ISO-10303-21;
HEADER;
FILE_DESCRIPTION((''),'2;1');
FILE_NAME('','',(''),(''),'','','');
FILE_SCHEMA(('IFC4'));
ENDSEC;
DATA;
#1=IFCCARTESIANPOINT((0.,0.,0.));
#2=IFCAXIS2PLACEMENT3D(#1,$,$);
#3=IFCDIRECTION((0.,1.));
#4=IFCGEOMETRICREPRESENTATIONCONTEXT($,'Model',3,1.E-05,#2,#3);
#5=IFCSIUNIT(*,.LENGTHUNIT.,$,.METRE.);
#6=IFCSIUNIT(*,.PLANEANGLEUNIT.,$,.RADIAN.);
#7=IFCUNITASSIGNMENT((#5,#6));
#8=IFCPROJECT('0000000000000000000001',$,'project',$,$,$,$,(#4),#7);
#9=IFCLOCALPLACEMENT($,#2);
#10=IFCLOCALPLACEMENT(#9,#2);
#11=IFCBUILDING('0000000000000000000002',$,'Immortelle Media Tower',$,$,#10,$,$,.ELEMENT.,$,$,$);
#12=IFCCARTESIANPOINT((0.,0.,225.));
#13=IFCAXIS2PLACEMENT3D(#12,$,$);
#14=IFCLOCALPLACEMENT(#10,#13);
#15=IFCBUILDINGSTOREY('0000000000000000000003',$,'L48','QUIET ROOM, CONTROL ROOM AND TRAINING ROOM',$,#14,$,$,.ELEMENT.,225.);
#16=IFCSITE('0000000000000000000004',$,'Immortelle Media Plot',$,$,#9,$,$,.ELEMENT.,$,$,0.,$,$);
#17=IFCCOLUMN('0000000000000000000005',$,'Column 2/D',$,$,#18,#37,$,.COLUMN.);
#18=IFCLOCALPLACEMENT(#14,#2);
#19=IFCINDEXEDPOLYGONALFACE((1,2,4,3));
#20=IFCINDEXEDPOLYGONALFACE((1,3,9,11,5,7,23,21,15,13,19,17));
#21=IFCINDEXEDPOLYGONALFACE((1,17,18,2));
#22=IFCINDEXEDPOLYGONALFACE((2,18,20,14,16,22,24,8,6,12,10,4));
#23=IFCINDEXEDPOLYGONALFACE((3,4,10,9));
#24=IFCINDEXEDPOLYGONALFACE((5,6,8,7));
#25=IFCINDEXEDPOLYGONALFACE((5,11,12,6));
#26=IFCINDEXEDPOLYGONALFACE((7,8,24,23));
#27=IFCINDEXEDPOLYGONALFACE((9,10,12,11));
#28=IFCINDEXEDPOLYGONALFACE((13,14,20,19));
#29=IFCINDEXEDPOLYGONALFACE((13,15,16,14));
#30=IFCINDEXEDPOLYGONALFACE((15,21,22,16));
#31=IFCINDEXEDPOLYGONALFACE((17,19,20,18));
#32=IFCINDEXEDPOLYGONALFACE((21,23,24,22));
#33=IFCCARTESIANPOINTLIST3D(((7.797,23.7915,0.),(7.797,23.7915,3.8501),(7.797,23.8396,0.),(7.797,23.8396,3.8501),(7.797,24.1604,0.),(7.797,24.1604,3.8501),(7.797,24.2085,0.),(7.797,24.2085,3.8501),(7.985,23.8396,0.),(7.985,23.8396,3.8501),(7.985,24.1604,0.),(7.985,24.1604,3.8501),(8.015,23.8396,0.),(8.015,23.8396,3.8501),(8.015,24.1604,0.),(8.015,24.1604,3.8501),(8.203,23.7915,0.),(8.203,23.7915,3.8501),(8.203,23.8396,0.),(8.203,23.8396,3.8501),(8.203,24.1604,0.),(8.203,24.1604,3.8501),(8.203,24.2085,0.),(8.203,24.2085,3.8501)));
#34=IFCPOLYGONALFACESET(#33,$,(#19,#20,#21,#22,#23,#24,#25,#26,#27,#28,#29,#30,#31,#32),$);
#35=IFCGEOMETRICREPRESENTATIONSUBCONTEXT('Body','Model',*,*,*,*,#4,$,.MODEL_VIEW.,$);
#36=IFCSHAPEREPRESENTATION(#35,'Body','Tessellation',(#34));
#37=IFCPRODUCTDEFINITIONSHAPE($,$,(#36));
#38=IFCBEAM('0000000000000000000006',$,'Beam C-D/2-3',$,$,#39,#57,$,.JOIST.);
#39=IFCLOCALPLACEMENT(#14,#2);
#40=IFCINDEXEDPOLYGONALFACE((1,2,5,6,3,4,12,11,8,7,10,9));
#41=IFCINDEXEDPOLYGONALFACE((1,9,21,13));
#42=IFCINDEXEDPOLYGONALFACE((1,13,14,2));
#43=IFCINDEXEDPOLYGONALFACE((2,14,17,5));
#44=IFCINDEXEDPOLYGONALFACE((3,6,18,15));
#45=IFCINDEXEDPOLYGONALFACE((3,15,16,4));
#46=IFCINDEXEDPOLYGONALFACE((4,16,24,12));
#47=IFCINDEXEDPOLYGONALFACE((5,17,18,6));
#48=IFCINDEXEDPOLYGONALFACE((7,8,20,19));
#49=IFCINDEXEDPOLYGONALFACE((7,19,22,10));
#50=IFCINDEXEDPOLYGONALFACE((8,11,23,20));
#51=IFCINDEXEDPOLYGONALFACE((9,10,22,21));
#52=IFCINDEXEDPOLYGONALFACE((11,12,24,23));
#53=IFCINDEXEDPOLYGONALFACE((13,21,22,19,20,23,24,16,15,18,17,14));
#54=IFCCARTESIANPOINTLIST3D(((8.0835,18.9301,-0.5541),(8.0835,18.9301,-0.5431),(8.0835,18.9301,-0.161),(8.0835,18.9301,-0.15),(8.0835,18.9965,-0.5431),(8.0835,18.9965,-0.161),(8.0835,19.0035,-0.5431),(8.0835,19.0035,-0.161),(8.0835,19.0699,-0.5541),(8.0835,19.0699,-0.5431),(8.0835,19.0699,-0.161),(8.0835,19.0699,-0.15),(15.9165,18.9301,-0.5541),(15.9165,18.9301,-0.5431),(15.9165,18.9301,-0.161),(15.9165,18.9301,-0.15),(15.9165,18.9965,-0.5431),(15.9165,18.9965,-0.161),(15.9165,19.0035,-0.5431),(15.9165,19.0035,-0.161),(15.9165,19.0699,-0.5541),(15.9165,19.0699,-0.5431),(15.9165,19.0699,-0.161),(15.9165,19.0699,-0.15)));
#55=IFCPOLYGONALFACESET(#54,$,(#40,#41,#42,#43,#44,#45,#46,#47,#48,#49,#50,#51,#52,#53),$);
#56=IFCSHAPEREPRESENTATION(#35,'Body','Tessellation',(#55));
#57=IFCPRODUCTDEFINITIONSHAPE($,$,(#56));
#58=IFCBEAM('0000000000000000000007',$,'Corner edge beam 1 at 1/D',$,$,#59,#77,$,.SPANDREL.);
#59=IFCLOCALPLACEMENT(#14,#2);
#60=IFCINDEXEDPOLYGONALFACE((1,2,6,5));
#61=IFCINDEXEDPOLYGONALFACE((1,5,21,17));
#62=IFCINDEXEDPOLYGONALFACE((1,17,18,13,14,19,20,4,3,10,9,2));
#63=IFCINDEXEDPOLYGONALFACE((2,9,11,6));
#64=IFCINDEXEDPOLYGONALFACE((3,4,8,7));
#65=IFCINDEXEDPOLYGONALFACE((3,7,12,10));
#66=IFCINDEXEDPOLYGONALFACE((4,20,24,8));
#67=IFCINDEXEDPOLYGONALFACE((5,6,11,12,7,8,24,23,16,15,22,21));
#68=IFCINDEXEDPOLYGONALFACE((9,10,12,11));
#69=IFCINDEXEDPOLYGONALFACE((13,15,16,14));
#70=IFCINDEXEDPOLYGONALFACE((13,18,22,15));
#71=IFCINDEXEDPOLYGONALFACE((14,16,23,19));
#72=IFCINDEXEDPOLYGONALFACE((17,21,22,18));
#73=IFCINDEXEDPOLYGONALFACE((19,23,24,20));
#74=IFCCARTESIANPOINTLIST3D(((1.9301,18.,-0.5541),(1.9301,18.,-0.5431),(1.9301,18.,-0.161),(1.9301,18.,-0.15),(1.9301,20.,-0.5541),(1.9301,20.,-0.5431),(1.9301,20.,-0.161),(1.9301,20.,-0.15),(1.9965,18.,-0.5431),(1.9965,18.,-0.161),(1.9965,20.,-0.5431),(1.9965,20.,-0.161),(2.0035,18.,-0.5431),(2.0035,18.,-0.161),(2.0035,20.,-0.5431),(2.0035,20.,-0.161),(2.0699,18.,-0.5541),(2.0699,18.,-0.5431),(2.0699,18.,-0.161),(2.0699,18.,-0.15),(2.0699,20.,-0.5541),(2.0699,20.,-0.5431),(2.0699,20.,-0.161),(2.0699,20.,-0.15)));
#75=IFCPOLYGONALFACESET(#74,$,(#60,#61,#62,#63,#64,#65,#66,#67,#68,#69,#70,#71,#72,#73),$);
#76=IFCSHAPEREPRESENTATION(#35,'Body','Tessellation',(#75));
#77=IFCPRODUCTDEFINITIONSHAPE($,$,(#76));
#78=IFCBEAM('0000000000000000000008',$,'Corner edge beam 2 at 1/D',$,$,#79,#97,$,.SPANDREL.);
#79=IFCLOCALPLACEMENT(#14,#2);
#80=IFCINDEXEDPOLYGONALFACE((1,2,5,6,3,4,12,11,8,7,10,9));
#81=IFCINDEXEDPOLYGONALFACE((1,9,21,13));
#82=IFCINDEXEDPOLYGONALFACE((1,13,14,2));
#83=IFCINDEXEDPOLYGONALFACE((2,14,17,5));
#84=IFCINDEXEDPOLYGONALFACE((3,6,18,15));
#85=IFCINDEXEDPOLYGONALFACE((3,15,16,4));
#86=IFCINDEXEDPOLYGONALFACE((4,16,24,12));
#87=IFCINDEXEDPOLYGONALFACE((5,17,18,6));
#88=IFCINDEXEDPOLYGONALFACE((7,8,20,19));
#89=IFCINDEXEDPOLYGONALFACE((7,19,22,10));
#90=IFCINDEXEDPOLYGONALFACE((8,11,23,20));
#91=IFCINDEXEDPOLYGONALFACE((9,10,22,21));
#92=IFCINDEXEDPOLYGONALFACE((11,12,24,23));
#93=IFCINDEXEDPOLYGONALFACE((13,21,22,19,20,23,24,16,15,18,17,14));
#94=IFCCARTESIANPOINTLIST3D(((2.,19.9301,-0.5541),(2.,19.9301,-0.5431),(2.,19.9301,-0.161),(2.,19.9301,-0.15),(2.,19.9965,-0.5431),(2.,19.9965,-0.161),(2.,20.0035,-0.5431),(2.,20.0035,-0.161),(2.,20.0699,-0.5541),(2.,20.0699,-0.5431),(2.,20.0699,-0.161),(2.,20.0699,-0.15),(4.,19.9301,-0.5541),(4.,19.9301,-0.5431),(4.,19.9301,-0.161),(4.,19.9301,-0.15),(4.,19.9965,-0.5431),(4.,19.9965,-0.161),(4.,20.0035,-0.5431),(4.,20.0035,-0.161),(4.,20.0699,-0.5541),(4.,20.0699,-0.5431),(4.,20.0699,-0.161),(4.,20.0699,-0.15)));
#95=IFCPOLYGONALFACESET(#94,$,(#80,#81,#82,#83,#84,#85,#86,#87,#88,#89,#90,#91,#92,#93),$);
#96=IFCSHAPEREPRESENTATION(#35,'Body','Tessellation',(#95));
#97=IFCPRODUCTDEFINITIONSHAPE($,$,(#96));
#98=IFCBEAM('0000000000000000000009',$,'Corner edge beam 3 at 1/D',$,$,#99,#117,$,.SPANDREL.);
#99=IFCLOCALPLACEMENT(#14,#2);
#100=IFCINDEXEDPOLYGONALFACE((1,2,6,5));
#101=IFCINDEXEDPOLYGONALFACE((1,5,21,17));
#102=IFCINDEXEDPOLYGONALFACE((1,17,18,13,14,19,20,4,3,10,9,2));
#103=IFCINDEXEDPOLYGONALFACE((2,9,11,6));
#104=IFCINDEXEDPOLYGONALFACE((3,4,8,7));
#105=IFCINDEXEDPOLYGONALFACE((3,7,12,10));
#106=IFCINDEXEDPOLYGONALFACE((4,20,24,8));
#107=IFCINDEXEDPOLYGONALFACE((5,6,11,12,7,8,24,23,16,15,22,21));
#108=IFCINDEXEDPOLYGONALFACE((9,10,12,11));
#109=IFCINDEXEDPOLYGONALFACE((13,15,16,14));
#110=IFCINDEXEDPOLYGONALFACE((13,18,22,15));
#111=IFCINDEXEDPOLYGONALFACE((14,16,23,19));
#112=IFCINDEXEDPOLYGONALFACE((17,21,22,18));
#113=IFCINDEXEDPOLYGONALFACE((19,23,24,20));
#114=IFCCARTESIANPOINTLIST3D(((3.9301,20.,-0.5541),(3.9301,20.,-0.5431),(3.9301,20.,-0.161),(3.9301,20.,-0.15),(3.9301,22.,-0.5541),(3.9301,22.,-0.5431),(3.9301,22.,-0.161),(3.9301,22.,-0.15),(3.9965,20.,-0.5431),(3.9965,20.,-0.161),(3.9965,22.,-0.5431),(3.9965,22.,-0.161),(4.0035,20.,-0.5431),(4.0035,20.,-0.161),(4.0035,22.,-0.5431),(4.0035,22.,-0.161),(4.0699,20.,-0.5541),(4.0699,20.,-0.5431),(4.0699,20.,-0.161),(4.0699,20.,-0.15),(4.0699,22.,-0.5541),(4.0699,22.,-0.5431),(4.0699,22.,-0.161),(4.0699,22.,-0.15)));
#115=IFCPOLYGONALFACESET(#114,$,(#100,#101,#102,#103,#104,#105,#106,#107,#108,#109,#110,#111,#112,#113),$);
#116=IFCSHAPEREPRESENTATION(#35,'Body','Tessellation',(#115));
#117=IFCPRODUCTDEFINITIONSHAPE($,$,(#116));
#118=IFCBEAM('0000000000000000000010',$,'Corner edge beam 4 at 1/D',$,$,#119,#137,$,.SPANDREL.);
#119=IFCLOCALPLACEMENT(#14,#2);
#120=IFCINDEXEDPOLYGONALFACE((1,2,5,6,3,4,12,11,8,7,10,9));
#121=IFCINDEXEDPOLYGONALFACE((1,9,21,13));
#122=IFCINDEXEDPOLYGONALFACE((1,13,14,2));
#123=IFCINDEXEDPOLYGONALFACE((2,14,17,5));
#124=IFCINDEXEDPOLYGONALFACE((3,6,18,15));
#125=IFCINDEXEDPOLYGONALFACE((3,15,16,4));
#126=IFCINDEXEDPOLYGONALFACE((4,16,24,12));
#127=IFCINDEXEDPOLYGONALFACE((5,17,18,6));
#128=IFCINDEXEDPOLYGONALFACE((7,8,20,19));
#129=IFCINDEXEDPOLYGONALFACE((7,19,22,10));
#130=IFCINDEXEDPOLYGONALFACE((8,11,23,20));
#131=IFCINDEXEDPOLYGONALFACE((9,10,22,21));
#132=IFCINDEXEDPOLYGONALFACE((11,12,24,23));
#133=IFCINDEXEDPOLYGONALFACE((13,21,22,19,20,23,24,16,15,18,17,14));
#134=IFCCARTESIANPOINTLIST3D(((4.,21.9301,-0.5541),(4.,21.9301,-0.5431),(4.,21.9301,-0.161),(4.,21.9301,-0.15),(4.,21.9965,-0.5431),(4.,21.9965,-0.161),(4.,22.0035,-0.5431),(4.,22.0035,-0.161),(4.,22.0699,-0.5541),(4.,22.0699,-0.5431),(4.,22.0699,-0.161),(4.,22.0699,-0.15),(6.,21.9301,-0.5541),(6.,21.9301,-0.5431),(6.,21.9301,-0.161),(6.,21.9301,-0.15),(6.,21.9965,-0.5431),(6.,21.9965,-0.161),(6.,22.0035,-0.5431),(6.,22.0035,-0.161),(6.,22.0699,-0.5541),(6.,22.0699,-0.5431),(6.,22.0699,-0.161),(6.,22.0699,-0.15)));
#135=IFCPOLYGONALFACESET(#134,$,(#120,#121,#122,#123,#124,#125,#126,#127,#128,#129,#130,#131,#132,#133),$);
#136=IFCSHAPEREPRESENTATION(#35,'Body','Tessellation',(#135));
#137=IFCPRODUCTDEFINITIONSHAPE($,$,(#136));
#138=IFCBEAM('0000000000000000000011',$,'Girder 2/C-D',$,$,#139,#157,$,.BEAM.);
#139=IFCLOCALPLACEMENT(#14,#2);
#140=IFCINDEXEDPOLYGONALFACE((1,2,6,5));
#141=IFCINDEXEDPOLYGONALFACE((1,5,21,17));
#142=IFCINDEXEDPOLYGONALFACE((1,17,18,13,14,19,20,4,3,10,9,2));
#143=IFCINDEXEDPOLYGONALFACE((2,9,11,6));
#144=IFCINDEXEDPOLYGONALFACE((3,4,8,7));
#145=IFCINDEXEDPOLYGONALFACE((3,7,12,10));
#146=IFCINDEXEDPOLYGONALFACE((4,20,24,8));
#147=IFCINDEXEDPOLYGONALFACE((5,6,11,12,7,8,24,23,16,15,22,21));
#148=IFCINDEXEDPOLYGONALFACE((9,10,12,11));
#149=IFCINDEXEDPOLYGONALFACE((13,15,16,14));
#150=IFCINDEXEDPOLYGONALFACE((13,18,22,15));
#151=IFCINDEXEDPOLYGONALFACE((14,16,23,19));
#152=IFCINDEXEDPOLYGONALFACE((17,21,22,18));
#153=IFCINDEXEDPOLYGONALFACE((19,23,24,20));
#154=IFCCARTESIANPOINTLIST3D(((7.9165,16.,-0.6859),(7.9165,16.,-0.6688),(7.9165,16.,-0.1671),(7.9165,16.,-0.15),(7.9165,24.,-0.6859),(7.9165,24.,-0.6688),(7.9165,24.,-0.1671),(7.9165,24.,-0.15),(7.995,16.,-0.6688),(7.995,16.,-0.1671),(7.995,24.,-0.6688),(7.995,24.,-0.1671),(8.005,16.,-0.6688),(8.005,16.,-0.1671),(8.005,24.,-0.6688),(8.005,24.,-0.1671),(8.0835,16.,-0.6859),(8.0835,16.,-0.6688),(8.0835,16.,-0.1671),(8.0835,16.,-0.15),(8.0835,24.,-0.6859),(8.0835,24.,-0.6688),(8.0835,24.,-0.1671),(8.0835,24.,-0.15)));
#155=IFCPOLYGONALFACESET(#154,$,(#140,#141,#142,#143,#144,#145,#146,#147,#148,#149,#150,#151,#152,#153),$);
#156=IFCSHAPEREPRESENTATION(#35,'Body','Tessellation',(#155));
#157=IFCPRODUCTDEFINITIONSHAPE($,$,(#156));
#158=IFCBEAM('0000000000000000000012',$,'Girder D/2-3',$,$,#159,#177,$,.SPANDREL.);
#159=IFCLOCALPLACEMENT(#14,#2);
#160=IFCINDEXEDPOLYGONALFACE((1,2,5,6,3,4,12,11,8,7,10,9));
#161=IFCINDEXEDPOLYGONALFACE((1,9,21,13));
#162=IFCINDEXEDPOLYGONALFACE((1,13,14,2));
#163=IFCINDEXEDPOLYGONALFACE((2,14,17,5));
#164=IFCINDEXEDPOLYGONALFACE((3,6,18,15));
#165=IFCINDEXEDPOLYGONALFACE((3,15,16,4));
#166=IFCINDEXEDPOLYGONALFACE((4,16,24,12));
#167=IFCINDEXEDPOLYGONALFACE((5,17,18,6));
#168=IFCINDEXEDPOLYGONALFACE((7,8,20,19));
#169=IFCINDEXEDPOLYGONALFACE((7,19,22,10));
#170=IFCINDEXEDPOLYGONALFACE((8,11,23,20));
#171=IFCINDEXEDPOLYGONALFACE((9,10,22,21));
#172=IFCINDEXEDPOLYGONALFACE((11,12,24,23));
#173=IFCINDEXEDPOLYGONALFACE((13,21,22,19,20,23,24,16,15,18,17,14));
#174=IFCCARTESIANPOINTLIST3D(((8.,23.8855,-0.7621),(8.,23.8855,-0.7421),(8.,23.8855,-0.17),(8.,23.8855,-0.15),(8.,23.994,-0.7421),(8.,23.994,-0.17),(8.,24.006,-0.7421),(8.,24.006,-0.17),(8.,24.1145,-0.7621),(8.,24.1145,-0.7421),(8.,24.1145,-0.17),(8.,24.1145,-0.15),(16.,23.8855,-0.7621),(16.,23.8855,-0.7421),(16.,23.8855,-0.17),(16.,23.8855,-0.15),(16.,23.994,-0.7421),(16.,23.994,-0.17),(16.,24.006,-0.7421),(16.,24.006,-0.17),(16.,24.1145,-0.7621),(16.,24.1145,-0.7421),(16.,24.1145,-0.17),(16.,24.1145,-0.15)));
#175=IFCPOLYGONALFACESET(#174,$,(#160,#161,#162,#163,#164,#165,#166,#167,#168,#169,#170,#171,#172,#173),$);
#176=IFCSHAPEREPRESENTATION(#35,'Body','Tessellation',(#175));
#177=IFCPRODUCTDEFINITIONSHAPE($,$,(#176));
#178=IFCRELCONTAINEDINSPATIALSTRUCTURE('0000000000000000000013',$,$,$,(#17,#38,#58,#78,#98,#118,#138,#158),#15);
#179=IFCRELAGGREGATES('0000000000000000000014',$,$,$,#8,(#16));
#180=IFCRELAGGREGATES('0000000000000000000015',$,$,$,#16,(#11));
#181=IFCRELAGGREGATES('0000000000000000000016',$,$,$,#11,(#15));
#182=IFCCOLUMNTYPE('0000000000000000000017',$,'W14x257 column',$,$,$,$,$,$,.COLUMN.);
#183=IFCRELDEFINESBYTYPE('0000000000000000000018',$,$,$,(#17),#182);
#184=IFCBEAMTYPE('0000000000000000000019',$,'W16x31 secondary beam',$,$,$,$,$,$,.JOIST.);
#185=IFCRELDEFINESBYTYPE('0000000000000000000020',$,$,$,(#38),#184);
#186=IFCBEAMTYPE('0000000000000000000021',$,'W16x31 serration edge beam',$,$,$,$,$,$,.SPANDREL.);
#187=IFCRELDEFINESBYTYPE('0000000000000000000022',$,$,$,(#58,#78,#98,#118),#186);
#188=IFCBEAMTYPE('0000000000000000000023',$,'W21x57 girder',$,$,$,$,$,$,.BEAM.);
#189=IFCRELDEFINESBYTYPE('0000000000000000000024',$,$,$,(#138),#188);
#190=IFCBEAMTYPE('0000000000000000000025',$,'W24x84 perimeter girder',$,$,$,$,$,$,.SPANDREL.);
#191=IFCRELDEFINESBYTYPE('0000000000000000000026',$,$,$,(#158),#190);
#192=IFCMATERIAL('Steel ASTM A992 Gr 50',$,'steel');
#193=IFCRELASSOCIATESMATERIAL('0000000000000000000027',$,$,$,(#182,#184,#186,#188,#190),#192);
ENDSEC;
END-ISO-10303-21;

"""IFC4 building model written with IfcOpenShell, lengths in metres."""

from ifc_helpers import new_model, si_unit, direction, frame, origin, origin_2d, place, context, subcontext, project, spatial, i_section, extrude, material, material_profile, profile_set, type_object, element, save


model = new_model("IFC4")

# Units and contexts
model_context = context("Model", 3, precision=1e-05, world=origin(), true_north=direction((0.0, 1.0)))
body_context = subcontext(model_context, "Body", "Model", "MODEL_VIEW")
ifc_project = project(units=[si_unit("LENGTHUNIT", "METRE"), si_unit("PLANEANGLEUNIT", "RADIAN")], contexts=[model_context])

# Site, building, storey
site_placement = place(None, origin())
site = spatial("IfcSite", under=ifc_project, at=site_placement, Name="Immortelle Media Plot", CompositionType="ELEMENT", RefElevation=0.0)
building_placement = place(site_placement, origin())
building = spatial("IfcBuilding", under=site, at=building_placement, Name="Immortelle Media Tower", CompositionType="ELEMENT")
storey_placement = place(building_placement, frame((0.0, 0.0, 225.0)))
storey = spatial("IfcBuildingStorey", under=building, at=storey_placement, Name="L48", Description="QUIET ROOM, CONTROL ROOM AND TRAINING ROOM", CompositionType="ELEMENT", Elevation=225.0)

# Column
ifc_material_1 = material(Name="Steel ASTM A992 Gr 50", Category="steel")
ifc_material_profile_1 = material_profile(ifc_material_1, i_section(OverallWidth=0.406, OverallDepth=0.417, WebThickness=0.03, FlangeThickness=0.0481, at=origin_2d()), Name="W14x257")
ifc_profile_set_1 = profile_set([ifc_material_profile_1], Name="Steel ASTM A992 Gr 50")
column_type = type_object("IfcColumnType", Name="W14x257 column", PredefinedType="COLUMN", material=ifc_profile_set_1)
column_placement = place(storey_placement, frame((8.0, 24.0, 0.0), z_axis=(0.0, 0.0, 1.0), x_axis=(1.0, 0.0, 0.0)))
element("IfcColumn", 1, at=column_placement, inside=storey, type_object=column_type, Name="Column 2/D", PredefinedType="COLUMN", context=body_context, shape_type="SweptSolid", body=[
    extrude(i_section(OverallWidth=0.406, OverallDepth=0.417, WebThickness=0.03, FlangeThickness=0.0481, at=origin_2d()), origin(), (0.0, 0.0, 1.0), 3.8501),
])

# Beams
ifc_material_profile_2 = material_profile(ifc_material_1, i_section(OverallWidth=0.1399, OverallDepth=0.4041, WebThickness=0.0071, FlangeThickness=0.011, at=origin_2d()), Name="W16x31")
ifc_profile_set_2 = profile_set([ifc_material_profile_2], Name="Steel ASTM A992 Gr 50")
beam_type_1 = type_object("IfcBeamType", Name="W16x31 secondary beam", PredefinedType="JOIST", material=ifc_profile_set_2)
beam_1_placement = place(storey_placement, frame((8.0835, 19.0, -0.3521), z_axis=(1.0, 0.0, 0.0), x_axis=(0.0, 1.0, 0.0)))
element("IfcBeam", 2, at=beam_1_placement, inside=storey, type_object=beam_type_1, Name="Beam C-D/2-3", PredefinedType="JOIST", context=body_context, shape_type="SweptSolid", body=[
    extrude(i_section(OverallWidth=0.1399, OverallDepth=0.4041, WebThickness=0.0071, FlangeThickness=0.011, at=origin_2d()), origin(), (0.0, 0.0, 1.0), 7.833),
])
ifc_material_profile_3 = material_profile(ifc_material_1, i_section(OverallWidth=0.1399, OverallDepth=0.4041, WebThickness=0.0071, FlangeThickness=0.011, at=origin_2d()), Name="W16x31")
ifc_profile_set_3 = profile_set([ifc_material_profile_3], Name="Steel ASTM A992 Gr 50")
beam_type_2 = type_object("IfcBeamType", Name="W16x31 serration edge beam", PredefinedType="SPANDREL", material=ifc_profile_set_3)
for number, where, z_axis, x_axis, name in (
    (3, (2.0, 18.0, -0.3521), (0.0, 1.0, 0.0), (-1.0, 0.0, 0.0), "Corner edge beam 1 at 1/D"),
    (4, (2.0, 20.0, -0.3521), (1.0, 0.0, 0.0), (0.0, 1.0, 0.0), "Corner edge beam 2 at 1/D"),
    (5, (4.0, 20.0, -0.3521), (0.0, 1.0, 0.0), (-1.0, 0.0, 0.0), "Corner edge beam 3 at 1/D"),
    (6, (4.0, 22.0, -0.3521), (1.0, 0.0, 0.0), (0.0, 1.0, 0.0), "Corner edge beam 4 at 1/D"),
):
    element("IfcBeam", number, at=place(storey_placement, frame(where, z_axis=z_axis, x_axis=x_axis)), inside=storey, type_object=beam_type_2, Name=name, PredefinedType="SPANDREL", context=body_context, shape_type="SweptSolid", body=[
        extrude(i_section(OverallWidth=0.1399, OverallDepth=0.4041, WebThickness=0.0071, FlangeThickness=0.011, at=origin_2d()), origin(), (0.0, 0.0, 1.0), 2.0),
    ])
ifc_material_profile_4 = material_profile(ifc_material_1, i_section(OverallWidth=0.167, OverallDepth=0.5359, WebThickness=0.01, FlangeThickness=0.0171, at=origin_2d()), Name="W21x57")
ifc_profile_set_4 = profile_set([ifc_material_profile_4], Name="Steel ASTM A992 Gr 50")
beam_type_3 = type_object("IfcBeamType", Name="W21x57 girder", PredefinedType="BEAM", material=ifc_profile_set_4)
beam_2_placement = place(storey_placement, frame((8.0, 16.0, -0.418), z_axis=(0.0, 1.0, 0.0), x_axis=(-1.0, 0.0, 0.0)))
element("IfcBeam", 7, at=beam_2_placement, inside=storey, type_object=beam_type_3, Name="Girder 2/C-D", PredefinedType="BEAM", context=body_context, shape_type="SweptSolid", body=[
    extrude(i_section(OverallWidth=0.167, OverallDepth=0.5359, WebThickness=0.01, FlangeThickness=0.0171, at=origin_2d()), origin(), (0.0, 0.0, 1.0), 8.0),
])
ifc_material_profile_5 = material_profile(ifc_material_1, i_section(OverallWidth=0.229, OverallDepth=0.6121, WebThickness=0.012, FlangeThickness=0.02, at=origin_2d()), Name="W24x84")
ifc_profile_set_5 = profile_set([ifc_material_profile_5], Name="Steel ASTM A992 Gr 50")
beam_type_4 = type_object("IfcBeamType", Name="W24x84 perimeter girder", PredefinedType="SPANDREL", material=ifc_profile_set_5)
beam_3_placement = place(storey_placement, frame((8.0, 24.0, -0.4561), z_axis=(1.0, 0.0, 0.0), x_axis=(0.0, 1.0, 0.0)))
element("IfcBeam", 8, at=beam_3_placement, inside=storey, type_object=beam_type_4, Name="Girder D/2-3", PredefinedType="SPANDREL", context=body_context, shape_type="SweptSolid", body=[
    extrude(i_section(OverallWidth=0.229, OverallDepth=0.6121, WebThickness=0.012, FlangeThickness=0.02, at=origin_2d()), origin(), (0.0, 0.0, 1.0), 8.0),
])

save(model, "model.ifc")
